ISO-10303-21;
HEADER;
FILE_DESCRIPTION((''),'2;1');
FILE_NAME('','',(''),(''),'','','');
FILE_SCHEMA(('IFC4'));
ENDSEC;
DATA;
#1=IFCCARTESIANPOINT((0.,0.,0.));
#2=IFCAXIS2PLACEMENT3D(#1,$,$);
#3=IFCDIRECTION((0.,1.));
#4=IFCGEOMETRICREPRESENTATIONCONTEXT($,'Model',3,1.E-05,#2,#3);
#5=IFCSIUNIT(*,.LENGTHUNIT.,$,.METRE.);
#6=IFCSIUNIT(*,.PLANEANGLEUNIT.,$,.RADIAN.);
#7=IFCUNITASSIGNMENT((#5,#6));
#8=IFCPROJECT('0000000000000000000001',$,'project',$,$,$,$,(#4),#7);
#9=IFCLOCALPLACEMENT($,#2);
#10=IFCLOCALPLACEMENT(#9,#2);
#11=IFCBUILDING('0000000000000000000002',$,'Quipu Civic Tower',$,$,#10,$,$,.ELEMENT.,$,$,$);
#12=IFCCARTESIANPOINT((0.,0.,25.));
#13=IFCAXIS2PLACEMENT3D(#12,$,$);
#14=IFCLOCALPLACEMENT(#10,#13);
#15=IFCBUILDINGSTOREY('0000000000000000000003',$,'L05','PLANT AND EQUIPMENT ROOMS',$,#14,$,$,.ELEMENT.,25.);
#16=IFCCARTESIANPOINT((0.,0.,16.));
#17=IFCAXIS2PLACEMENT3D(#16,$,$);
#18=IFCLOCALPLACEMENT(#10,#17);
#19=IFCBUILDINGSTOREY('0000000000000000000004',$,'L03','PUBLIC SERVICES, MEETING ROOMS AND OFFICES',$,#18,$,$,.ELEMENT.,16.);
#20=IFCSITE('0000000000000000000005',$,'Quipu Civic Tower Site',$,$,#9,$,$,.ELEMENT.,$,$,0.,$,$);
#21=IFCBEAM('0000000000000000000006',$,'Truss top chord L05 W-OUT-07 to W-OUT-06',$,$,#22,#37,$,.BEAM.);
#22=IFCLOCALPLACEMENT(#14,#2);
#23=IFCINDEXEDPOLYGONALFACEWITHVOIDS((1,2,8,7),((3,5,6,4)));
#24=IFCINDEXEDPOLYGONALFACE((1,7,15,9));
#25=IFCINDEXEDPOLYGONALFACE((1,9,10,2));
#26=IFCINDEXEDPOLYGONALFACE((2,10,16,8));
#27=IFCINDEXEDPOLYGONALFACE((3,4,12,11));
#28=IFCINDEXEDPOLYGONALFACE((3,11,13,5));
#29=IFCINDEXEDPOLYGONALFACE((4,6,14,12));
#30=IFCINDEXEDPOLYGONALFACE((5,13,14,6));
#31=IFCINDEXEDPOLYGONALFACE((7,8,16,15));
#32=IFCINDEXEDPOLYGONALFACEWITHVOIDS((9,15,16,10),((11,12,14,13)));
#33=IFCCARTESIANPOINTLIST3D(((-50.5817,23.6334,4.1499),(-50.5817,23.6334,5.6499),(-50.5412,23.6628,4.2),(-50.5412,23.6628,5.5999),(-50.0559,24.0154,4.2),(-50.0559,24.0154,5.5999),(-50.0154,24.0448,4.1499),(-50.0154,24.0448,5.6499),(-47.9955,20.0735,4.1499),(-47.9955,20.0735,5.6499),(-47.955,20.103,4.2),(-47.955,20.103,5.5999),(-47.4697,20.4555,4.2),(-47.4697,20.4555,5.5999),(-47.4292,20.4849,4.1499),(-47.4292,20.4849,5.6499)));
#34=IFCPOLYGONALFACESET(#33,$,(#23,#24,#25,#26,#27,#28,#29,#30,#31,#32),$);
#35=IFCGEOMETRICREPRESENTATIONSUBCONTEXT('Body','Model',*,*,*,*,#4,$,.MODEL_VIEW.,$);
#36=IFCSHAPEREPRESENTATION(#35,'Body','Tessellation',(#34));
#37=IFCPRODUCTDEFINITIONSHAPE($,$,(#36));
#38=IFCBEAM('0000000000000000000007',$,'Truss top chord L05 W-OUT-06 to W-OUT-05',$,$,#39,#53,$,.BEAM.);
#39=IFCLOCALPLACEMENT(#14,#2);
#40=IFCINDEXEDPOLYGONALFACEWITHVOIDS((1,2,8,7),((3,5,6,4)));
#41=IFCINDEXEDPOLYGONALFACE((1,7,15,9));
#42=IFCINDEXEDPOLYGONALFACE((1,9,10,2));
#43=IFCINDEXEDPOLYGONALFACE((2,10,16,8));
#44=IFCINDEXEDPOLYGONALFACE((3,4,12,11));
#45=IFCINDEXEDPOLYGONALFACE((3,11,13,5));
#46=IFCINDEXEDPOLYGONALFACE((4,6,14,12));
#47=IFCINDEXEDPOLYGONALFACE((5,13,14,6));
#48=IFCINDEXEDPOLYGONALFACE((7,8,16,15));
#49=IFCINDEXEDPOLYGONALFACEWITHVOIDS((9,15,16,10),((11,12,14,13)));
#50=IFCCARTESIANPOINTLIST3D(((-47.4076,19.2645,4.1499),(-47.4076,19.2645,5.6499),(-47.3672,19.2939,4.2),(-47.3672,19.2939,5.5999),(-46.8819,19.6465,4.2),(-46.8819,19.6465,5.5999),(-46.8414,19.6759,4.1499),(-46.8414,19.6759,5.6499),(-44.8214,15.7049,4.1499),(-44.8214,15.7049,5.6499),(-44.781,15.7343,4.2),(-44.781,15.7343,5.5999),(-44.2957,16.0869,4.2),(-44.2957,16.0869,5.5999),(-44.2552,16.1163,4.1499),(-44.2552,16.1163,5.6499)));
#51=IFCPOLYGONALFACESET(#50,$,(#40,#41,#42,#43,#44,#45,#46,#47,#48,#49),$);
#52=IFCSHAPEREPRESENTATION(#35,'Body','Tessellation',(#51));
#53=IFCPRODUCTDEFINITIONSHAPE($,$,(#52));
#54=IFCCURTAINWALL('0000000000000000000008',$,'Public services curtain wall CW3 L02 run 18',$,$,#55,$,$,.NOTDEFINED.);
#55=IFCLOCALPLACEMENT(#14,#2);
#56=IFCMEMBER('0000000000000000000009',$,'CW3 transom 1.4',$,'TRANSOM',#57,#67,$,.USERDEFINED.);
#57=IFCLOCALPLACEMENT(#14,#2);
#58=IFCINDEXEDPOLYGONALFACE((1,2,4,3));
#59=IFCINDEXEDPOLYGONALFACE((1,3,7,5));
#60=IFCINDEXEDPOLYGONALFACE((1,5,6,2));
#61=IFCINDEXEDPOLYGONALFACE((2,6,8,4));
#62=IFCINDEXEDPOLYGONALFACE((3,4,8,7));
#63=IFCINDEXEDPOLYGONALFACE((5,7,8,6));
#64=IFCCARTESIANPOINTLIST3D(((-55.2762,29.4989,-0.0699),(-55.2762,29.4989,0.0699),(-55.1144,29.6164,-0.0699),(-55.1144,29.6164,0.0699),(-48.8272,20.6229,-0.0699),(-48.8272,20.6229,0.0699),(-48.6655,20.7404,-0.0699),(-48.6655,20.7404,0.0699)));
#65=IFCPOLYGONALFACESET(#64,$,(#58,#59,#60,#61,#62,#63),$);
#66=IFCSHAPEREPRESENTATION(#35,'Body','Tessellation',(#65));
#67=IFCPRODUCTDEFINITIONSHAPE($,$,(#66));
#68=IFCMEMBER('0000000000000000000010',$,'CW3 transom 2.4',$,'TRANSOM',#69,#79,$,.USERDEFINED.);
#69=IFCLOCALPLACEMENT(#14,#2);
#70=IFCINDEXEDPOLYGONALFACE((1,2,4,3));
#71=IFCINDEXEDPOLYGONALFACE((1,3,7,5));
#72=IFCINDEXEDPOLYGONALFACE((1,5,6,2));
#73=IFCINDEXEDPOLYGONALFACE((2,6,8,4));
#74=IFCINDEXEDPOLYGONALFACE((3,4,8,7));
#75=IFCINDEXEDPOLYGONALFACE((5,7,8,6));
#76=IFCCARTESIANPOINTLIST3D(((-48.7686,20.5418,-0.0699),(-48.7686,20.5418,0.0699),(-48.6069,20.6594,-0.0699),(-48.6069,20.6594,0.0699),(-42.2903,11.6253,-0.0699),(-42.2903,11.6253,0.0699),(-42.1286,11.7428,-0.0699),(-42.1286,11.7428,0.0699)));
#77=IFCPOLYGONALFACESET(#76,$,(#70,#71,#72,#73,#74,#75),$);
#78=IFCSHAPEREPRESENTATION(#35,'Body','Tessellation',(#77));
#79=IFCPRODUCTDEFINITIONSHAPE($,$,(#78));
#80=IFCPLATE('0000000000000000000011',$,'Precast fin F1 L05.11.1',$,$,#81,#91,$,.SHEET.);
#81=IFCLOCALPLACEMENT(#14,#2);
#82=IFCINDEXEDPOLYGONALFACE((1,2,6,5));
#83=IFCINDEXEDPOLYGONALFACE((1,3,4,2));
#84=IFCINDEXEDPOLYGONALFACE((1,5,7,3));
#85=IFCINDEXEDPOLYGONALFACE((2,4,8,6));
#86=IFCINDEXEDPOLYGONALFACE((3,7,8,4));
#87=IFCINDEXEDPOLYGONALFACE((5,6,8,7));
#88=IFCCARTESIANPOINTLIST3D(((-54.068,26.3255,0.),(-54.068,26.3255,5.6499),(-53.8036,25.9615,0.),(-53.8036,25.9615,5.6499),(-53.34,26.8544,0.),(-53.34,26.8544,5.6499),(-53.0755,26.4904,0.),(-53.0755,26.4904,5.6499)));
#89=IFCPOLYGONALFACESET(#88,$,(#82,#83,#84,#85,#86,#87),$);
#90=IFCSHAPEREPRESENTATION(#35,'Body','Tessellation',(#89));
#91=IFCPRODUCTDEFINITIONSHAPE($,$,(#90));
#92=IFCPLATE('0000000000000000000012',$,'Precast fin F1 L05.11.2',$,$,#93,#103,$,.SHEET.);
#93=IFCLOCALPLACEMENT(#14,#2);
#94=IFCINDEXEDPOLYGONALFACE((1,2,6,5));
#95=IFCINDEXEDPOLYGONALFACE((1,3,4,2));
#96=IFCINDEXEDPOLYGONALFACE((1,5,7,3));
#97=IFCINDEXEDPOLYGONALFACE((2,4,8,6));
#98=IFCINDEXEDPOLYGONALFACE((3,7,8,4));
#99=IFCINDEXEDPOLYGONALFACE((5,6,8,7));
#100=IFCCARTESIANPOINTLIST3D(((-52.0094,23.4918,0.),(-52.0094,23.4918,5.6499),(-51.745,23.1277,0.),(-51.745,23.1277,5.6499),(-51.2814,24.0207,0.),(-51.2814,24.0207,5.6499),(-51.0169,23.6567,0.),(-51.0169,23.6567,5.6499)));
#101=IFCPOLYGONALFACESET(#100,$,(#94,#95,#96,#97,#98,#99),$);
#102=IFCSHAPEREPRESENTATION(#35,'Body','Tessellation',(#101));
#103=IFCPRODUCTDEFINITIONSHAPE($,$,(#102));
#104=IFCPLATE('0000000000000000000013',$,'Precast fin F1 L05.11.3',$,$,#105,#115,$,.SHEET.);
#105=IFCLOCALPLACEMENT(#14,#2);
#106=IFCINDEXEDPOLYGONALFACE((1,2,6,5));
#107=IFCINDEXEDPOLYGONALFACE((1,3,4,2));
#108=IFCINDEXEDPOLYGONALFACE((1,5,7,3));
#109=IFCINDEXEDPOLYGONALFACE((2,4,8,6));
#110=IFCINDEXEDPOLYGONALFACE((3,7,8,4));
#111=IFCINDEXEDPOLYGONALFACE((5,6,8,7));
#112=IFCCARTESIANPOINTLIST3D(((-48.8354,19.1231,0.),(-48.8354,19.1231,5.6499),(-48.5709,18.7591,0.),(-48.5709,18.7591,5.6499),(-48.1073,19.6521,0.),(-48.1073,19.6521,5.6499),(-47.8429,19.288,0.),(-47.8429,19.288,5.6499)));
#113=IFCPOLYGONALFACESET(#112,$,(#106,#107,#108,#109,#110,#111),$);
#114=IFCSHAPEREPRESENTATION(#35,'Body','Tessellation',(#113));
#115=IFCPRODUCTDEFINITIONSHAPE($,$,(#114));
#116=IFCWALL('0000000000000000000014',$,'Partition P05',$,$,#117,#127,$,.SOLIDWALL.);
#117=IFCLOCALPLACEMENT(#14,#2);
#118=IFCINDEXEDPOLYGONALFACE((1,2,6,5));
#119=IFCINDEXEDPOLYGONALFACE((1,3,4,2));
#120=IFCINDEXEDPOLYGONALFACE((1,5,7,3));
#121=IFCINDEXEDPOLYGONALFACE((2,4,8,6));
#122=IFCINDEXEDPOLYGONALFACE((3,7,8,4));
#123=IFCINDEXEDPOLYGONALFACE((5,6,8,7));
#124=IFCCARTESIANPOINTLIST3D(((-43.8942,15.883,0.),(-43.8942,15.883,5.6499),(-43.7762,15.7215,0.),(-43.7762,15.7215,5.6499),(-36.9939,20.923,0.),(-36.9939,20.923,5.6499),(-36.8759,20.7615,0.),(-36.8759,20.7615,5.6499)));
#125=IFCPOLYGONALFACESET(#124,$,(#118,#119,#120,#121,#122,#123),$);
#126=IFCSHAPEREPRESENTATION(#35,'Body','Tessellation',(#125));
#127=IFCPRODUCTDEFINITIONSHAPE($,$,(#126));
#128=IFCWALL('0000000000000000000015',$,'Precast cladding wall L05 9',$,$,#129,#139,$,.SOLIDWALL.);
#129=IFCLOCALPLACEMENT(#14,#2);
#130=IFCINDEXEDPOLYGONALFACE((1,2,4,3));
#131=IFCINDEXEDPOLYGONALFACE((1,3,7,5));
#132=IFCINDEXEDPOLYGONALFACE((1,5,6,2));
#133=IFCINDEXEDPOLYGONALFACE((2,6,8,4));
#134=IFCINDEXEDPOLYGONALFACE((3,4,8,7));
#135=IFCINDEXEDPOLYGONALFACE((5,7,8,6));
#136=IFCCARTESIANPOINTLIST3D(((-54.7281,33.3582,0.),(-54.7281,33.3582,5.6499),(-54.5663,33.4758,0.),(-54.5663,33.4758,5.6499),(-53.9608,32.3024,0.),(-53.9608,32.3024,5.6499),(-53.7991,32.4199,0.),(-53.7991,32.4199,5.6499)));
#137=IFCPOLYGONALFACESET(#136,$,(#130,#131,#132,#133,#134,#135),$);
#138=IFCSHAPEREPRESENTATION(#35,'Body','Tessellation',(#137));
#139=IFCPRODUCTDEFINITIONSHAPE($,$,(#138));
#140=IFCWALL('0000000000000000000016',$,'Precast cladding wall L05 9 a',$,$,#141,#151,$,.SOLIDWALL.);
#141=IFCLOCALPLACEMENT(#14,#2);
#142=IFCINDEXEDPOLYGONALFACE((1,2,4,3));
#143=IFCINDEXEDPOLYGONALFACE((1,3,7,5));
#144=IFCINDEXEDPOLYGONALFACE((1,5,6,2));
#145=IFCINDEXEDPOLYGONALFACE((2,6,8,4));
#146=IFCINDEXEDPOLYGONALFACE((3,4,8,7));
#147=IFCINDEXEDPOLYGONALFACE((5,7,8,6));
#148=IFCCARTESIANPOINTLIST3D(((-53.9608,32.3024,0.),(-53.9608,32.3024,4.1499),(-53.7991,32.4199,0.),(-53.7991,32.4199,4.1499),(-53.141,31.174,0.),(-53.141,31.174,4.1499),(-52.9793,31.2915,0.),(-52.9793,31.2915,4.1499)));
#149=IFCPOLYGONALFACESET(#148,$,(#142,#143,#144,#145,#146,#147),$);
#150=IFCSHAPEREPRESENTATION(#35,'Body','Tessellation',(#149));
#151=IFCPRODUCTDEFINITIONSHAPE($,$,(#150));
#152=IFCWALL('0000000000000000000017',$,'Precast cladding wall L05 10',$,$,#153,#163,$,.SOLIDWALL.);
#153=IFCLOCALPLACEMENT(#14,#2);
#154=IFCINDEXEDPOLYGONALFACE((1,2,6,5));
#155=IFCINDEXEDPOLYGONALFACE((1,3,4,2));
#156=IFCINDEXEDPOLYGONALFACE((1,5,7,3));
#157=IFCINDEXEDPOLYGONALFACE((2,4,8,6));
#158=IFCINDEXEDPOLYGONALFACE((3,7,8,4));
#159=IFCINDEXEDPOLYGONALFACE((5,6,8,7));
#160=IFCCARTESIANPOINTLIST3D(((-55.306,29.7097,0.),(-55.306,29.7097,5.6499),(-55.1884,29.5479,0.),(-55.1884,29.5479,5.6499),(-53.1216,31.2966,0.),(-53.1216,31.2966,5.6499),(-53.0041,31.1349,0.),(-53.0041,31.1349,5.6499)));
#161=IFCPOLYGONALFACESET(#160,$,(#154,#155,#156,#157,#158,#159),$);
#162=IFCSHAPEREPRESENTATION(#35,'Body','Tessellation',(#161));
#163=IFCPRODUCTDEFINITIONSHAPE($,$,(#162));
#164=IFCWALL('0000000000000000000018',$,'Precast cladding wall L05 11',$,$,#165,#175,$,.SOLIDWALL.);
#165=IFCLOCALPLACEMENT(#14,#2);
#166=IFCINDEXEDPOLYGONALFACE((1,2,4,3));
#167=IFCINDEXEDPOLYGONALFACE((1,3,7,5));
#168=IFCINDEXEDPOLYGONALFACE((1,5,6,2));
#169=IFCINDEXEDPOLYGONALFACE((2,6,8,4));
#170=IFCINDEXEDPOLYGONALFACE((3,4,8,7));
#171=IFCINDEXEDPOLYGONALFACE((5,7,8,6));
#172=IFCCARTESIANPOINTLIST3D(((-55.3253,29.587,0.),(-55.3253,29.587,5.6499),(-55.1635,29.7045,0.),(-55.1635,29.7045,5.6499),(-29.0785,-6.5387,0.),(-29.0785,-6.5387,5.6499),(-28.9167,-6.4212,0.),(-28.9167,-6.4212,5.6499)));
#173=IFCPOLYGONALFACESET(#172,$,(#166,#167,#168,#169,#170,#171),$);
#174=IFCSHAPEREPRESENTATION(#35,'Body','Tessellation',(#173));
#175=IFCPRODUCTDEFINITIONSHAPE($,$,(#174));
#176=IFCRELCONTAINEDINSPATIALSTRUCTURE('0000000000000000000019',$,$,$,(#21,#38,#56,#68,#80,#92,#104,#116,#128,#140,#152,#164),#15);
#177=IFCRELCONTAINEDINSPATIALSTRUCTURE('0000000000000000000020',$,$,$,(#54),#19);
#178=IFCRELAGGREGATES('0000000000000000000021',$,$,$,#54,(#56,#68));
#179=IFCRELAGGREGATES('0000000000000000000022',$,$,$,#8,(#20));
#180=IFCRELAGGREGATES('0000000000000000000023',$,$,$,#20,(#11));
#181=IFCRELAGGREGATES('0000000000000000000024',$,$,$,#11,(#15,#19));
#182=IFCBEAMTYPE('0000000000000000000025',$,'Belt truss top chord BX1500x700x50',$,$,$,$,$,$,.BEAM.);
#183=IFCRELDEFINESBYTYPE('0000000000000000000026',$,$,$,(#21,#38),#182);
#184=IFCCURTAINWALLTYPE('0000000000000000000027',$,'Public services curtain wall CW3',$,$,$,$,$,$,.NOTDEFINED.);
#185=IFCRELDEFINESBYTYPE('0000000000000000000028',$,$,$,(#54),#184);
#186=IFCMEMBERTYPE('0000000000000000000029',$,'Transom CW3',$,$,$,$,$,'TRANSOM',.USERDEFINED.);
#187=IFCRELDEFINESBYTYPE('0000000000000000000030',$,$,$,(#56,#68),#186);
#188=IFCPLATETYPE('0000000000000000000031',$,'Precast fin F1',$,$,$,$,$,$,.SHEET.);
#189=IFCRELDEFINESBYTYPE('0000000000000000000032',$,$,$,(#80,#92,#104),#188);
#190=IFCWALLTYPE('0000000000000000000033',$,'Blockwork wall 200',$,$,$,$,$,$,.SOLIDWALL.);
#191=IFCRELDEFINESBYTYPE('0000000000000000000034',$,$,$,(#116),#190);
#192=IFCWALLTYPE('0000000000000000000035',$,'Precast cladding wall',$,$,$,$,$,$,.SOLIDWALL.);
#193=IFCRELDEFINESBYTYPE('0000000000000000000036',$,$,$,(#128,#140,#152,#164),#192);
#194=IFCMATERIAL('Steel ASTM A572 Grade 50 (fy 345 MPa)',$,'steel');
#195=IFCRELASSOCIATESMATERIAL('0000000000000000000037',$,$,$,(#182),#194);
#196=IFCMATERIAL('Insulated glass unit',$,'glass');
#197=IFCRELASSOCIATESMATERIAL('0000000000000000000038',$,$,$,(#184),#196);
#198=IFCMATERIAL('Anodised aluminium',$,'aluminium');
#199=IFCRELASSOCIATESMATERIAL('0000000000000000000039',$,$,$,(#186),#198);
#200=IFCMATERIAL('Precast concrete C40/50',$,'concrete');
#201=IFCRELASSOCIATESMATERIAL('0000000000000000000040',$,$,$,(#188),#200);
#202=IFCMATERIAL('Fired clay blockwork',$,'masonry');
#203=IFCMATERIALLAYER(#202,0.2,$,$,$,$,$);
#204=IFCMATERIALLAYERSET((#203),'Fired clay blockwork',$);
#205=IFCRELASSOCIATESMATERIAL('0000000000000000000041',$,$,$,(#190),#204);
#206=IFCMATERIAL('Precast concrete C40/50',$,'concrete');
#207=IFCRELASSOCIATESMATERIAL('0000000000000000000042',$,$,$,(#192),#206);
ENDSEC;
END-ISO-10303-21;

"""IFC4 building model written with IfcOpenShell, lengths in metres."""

from ifc_helpers import new_model, si_unit, direction, frame, frame_2d, origin, origin_2d, place, context, subcontext, project, spatial, rectangle, hollow_rectangle, extrude, material, layer, layer_set, material_profile, profile_set, type_object, element, aggregate, save


model = new_model("IFC4")

# Units and contexts
model_context = context("Model", 3, precision=1e-05, world=origin(), true_north=direction((0.0, 1.0)))
body_context = subcontext(model_context, "Body", "Model", "MODEL_VIEW")
ifc_project = project(units=[si_unit("LENGTHUNIT", "METRE"), si_unit("PLANEANGLEUNIT", "RADIAN")], contexts=[model_context])

# Site, building, storey
site_placement = place(None, origin())
site = spatial("IfcSite", under=ifc_project, at=site_placement, Name="Quipu Civic Tower Site", CompositionType="ELEMENT", RefElevation=0.0)
building_placement = place(site_placement, origin())
building = spatial("IfcBuilding", under=site, at=building_placement, Name="Quipu Civic Tower", CompositionType="ELEMENT")
storey_1_placement = place(building_placement, frame((0.0, 0.0, 25.0)))
storey_1 = spatial("IfcBuildingStorey", under=building, at=storey_1_placement, Name="L05", Description="PLANT AND EQUIPMENT ROOMS", CompositionType="ELEMENT", Elevation=25.0)

# Beams
ifc_material_1 = material(Name="Steel ASTM A572 Grade 50 (fy 345 MPa)", Category="steel")
ifc_material_profile_1 = material_profile(ifc_material_1, hollow_rectangle(XDim=0.7, YDim=1.5, WallThickness=0.05, at=origin_2d()), Name="BX1500x700x50")
ifc_profile_set_1 = profile_set([ifc_material_profile_1], Name="Steel ASTM A572 Grade 50 (fy 345 MPa)")
beam_type_1 = type_object("IfcBeamType", Name="Belt truss top chord BX1500x700x50", PredefinedType="BEAM", material=ifc_profile_set_1)
beam_1_placement = place(storey_1_placement, frame((-50.2986, 23.8391, 4.8999), z_axis=(0.587759, -0.809036, 0.0), x_axis=(0.809036, 0.587759, 0.0)))
element("IfcBeam", 1, at=beam_1_placement, inside=storey_1, type_object=beam_type_1, Name="Truss top chord L05 W-OUT-07 to W-OUT-06", PredefinedType="BEAM", context=body_context, shape_type="SweptSolid", body=[
    extrude(hollow_rectangle(XDim=0.7, YDim=1.5, WallThickness=0.05, at=origin_2d()), origin(), (0.0, 0.0, 1.0), 4.4001),
])
beam_2_placement = place(storey_1_placement, frame((-47.1245, 19.4702, 4.8999), z_axis=(0.587786, -0.809017, 0.0), x_axis=(0.809017, 0.587786, 0.0)))
element("IfcBeam", 2, at=beam_2_placement, inside=storey_1, type_object=beam_type_1, Name="Truss top chord L05 W-OUT-06 to W-OUT-05", PredefinedType="BEAM", context=body_context, shape_type="SweptSolid", body=[
    extrude(hollow_rectangle(XDim=0.7, YDim=1.5, WallThickness=0.05, at=origin_2d()), origin(), (0.0, 0.0, 1.0), 4.3999),
])

# Shared definitions
storey_2_placement = place(building_placement, frame((0.0, 0.0, 16.0)))
storey_2 = spatial("IfcBuildingStorey", under=building, at=storey_2_placement, Name="L03", Description="PUBLIC SERVICES, MEETING ROOMS AND OFFICES", CompositionType="ELEMENT", Elevation=16.0)

# Curtain wall, members
ifc_material_2 = material(Name="Insulated glass unit", Category="glass")
curtain_wall_type = type_object("IfcCurtainWallType", Name="Public services curtain wall CW3", PredefinedType="NOTDEFINED", material=ifc_material_2)
curtain_wall_placement = place(storey_2_placement, origin())
curtain_wall = element("IfcCurtainWall", 3, at=curtain_wall_placement, inside=storey_2, type_object=curtain_wall_type, Name="Public services curtain wall CW3 L02 run 18", PredefinedType="NOTDEFINED")
ifc_material_3 = material(Name="Anodised aluminium", Category="aluminium")
ifc_material_profile_2 = material_profile(ifc_material_3, rectangle(XDim=0.2, YDim=0.1399, at=origin_2d()), Name="RECT 200x140")
ifc_profile_set_2 = profile_set([ifc_material_profile_2], Name="Anodised aluminium")
member_type_1 = type_object("IfcMemberType", Name="Transom CW3", ElementType="TRANSOM", PredefinedType="USERDEFINED", material=ifc_profile_set_2)
member_1_placement = place(storey_1_placement, frame((-55.1953, 29.5576, 0.0), z_axis=(0.587797, -0.809008, 0.0), x_axis=(0.809008, 0.587797, 0.0)))
member_1 = element("IfcMember", 4, at=member_1_placement, inside=storey_1, type_object=member_type_1, Name="CW3 transom 1.4", ObjectType="TRANSOM", PredefinedType="USERDEFINED", context=body_context, shape_type="SweptSolid", body=[
    extrude(rectangle(XDim=0.2, YDim=0.1399, at=origin_2d()), origin(), (0.0, 0.0, 1.0), 10.9714),
])
member_2_placement = place(storey_1_placement, frame((-48.6877, 20.6006, 0.0), z_axis=(0.587788, -0.809015, 0.0), x_axis=(0.809015, 0.587788, 0.0)))
member_2 = element("IfcMember", 5, at=member_2_placement, inside=storey_1, type_object=member_type_1, Name="CW3 transom 2.4", ObjectType="TRANSOM", PredefinedType="USERDEFINED", context=body_context, shape_type="SweptSolid", body=[
    extrude(rectangle(XDim=0.2, YDim=0.1399, at=origin_2d()), origin(), (0.0, 0.0, 1.0), 11.0215),
])
aggregate(curtain_wall, [member_1, member_2])

# Plates
ifc_material_4 = material(Name="Precast concrete C40/50", Category="concrete")
plate_type = type_object("IfcPlateType", Name="Precast fin F1", PredefinedType="SHEET", material=ifc_material_4)
for number, where, z_axis, x_axis, name in (
    (6, (-53.5718, 26.408, 0.0), (0.0, 0.0, 1.0), (0.587786, -0.809017, 0.0), "Precast fin F1 L05.11.1"),
    (7, (-51.5132, 23.5742, 0.0), (0.0, 0.0, 1.0), (0.587786, -0.809017, 0.0), "Precast fin F1 L05.11.2"),
    (8, (-48.3391, 19.2056, 0.0), (0.0, 0.0, 1.0), (0.587786, -0.809017, 0.0), "Precast fin F1 L05.11.3"),
):
    element("IfcPlate", number, at=place(storey_1_placement, frame(where, z_axis=z_axis, x_axis=x_axis)), inside=storey_1, type_object=plate_type, Name=name, PredefinedType="SHEET", context=body_context, shape_type="SweptSolid", body=[
        extrude(rectangle(XDim=0.45, YDim=0.8999, at=origin_2d()), origin(), (0.0, 0.0, 1.0), 5.6499),
    ])

# Walls
ifc_material_5 = material(Name="Fired clay blockwork", Category="masonry")
ifc_layer = layer(ifc_material_5, 0.2)
ifc_layer_set = layer_set([ifc_layer], Name="Fired clay blockwork")
wall_type_1 = type_object("IfcWallType", Name="Blockwork wall 200", PredefinedType="SOLIDWALL", material=ifc_layer_set)
wall_1_placement = place(storey_1_placement, frame((-43.8352, 15.8022, 0.0), z_axis=(0.0, 0.0, 1.0), x_axis=(0.807533, 0.589822, 0.0)))
element("IfcWall", 9, at=wall_1_placement, inside=storey_1, type_object=wall_type_1, Name="Partition P05", PredefinedType="SOLIDWALL", context=body_context, shape_type="SweptSolid", body=[
    extrude(rectangle(XDim=8.5449, YDim=0.2, at=frame_2d((4.2725, 0.0))), origin(), (0.0, 0.0, 1.0), 5.6499),
])
ifc_material_6 = material(Name="Precast concrete C40/50", Category="concrete")
wall_type_2 = type_object("IfcWallType", Name="Precast cladding wall", PredefinedType="SOLIDWALL", material=ifc_material_6)
wall_2_placement = place(storey_1_placement, frame((-54.6472, 33.417, 0.0), z_axis=(0.0, 0.0, 1.0), x_axis=(0.587871, -0.808954, 0.0)))
element("IfcWall", 10, at=wall_2_placement, inside=storey_1, type_object=wall_type_2, Name="Precast cladding wall L05 9", PredefinedType="SOLIDWALL", context=body_context, shape_type="SweptSolid", body=[
    extrude(rectangle(XDim=1.3052, YDim=0.2, at=frame_2d((0.6526, 0.0))), origin(), (0.0, 0.0, 1.0), 5.6499),
])
wall_3_placement = place(storey_1_placement, frame((-53.8799, 32.3611, 0.0), z_axis=(0.0, 0.0, 1.0), x_axis=(0.587776, -0.809024, 0.0)))
element("IfcWall", 11, at=wall_3_placement, inside=storey_1, type_object=wall_type_2, Name="Precast cladding wall L05 9 a", PredefinedType="SOLIDWALL", context=body_context, shape_type="SweptSolid", body=[
    extrude(rectangle(XDim=1.3948, YDim=0.2, at=frame_2d((0.6973, 0.0))), origin(), (0.0, 0.0, 1.0), 4.1499),
])
wall_4_placement = place(storey_1_placement, frame((-53.0627, 31.2158, 0.0), z_axis=(0.0, 0.0, 1.0), x_axis=(-0.809033, -0.587763, 0.0)))
element("IfcWall", 12, at=wall_4_placement, inside=storey_1, type_object=wall_type_2, Name="Precast cladding wall L05 10", PredefinedType="SOLIDWALL", context=body_context, shape_type="SweptSolid", body=[
    extrude(rectangle(XDim=2.7, YDim=0.2, at=frame_2d((1.3501, 0.0))), origin(), (0.0, 0.0, 1.0), 5.6499),
])
wall_5_placement = place(storey_1_placement, frame((-55.2444, 29.6458, 0.0), z_axis=(0.0, 0.0, 1.0), x_axis=(0.587784, -0.809018, 0.0)))
element("IfcWall", 13, at=wall_5_placement, inside=storey_1, type_object=wall_type_2, Name="Precast cladding wall L05 11", PredefinedType="SOLIDWALL", context=body_context, shape_type="SweptSolid", body=[
    extrude(rectangle(XDim=44.6538, YDim=0.2, at=frame_2d((22.3269, 0.0))), origin(), (0.0, 0.0, 1.0), 5.6499),
])

save(model, "model.ifc")
